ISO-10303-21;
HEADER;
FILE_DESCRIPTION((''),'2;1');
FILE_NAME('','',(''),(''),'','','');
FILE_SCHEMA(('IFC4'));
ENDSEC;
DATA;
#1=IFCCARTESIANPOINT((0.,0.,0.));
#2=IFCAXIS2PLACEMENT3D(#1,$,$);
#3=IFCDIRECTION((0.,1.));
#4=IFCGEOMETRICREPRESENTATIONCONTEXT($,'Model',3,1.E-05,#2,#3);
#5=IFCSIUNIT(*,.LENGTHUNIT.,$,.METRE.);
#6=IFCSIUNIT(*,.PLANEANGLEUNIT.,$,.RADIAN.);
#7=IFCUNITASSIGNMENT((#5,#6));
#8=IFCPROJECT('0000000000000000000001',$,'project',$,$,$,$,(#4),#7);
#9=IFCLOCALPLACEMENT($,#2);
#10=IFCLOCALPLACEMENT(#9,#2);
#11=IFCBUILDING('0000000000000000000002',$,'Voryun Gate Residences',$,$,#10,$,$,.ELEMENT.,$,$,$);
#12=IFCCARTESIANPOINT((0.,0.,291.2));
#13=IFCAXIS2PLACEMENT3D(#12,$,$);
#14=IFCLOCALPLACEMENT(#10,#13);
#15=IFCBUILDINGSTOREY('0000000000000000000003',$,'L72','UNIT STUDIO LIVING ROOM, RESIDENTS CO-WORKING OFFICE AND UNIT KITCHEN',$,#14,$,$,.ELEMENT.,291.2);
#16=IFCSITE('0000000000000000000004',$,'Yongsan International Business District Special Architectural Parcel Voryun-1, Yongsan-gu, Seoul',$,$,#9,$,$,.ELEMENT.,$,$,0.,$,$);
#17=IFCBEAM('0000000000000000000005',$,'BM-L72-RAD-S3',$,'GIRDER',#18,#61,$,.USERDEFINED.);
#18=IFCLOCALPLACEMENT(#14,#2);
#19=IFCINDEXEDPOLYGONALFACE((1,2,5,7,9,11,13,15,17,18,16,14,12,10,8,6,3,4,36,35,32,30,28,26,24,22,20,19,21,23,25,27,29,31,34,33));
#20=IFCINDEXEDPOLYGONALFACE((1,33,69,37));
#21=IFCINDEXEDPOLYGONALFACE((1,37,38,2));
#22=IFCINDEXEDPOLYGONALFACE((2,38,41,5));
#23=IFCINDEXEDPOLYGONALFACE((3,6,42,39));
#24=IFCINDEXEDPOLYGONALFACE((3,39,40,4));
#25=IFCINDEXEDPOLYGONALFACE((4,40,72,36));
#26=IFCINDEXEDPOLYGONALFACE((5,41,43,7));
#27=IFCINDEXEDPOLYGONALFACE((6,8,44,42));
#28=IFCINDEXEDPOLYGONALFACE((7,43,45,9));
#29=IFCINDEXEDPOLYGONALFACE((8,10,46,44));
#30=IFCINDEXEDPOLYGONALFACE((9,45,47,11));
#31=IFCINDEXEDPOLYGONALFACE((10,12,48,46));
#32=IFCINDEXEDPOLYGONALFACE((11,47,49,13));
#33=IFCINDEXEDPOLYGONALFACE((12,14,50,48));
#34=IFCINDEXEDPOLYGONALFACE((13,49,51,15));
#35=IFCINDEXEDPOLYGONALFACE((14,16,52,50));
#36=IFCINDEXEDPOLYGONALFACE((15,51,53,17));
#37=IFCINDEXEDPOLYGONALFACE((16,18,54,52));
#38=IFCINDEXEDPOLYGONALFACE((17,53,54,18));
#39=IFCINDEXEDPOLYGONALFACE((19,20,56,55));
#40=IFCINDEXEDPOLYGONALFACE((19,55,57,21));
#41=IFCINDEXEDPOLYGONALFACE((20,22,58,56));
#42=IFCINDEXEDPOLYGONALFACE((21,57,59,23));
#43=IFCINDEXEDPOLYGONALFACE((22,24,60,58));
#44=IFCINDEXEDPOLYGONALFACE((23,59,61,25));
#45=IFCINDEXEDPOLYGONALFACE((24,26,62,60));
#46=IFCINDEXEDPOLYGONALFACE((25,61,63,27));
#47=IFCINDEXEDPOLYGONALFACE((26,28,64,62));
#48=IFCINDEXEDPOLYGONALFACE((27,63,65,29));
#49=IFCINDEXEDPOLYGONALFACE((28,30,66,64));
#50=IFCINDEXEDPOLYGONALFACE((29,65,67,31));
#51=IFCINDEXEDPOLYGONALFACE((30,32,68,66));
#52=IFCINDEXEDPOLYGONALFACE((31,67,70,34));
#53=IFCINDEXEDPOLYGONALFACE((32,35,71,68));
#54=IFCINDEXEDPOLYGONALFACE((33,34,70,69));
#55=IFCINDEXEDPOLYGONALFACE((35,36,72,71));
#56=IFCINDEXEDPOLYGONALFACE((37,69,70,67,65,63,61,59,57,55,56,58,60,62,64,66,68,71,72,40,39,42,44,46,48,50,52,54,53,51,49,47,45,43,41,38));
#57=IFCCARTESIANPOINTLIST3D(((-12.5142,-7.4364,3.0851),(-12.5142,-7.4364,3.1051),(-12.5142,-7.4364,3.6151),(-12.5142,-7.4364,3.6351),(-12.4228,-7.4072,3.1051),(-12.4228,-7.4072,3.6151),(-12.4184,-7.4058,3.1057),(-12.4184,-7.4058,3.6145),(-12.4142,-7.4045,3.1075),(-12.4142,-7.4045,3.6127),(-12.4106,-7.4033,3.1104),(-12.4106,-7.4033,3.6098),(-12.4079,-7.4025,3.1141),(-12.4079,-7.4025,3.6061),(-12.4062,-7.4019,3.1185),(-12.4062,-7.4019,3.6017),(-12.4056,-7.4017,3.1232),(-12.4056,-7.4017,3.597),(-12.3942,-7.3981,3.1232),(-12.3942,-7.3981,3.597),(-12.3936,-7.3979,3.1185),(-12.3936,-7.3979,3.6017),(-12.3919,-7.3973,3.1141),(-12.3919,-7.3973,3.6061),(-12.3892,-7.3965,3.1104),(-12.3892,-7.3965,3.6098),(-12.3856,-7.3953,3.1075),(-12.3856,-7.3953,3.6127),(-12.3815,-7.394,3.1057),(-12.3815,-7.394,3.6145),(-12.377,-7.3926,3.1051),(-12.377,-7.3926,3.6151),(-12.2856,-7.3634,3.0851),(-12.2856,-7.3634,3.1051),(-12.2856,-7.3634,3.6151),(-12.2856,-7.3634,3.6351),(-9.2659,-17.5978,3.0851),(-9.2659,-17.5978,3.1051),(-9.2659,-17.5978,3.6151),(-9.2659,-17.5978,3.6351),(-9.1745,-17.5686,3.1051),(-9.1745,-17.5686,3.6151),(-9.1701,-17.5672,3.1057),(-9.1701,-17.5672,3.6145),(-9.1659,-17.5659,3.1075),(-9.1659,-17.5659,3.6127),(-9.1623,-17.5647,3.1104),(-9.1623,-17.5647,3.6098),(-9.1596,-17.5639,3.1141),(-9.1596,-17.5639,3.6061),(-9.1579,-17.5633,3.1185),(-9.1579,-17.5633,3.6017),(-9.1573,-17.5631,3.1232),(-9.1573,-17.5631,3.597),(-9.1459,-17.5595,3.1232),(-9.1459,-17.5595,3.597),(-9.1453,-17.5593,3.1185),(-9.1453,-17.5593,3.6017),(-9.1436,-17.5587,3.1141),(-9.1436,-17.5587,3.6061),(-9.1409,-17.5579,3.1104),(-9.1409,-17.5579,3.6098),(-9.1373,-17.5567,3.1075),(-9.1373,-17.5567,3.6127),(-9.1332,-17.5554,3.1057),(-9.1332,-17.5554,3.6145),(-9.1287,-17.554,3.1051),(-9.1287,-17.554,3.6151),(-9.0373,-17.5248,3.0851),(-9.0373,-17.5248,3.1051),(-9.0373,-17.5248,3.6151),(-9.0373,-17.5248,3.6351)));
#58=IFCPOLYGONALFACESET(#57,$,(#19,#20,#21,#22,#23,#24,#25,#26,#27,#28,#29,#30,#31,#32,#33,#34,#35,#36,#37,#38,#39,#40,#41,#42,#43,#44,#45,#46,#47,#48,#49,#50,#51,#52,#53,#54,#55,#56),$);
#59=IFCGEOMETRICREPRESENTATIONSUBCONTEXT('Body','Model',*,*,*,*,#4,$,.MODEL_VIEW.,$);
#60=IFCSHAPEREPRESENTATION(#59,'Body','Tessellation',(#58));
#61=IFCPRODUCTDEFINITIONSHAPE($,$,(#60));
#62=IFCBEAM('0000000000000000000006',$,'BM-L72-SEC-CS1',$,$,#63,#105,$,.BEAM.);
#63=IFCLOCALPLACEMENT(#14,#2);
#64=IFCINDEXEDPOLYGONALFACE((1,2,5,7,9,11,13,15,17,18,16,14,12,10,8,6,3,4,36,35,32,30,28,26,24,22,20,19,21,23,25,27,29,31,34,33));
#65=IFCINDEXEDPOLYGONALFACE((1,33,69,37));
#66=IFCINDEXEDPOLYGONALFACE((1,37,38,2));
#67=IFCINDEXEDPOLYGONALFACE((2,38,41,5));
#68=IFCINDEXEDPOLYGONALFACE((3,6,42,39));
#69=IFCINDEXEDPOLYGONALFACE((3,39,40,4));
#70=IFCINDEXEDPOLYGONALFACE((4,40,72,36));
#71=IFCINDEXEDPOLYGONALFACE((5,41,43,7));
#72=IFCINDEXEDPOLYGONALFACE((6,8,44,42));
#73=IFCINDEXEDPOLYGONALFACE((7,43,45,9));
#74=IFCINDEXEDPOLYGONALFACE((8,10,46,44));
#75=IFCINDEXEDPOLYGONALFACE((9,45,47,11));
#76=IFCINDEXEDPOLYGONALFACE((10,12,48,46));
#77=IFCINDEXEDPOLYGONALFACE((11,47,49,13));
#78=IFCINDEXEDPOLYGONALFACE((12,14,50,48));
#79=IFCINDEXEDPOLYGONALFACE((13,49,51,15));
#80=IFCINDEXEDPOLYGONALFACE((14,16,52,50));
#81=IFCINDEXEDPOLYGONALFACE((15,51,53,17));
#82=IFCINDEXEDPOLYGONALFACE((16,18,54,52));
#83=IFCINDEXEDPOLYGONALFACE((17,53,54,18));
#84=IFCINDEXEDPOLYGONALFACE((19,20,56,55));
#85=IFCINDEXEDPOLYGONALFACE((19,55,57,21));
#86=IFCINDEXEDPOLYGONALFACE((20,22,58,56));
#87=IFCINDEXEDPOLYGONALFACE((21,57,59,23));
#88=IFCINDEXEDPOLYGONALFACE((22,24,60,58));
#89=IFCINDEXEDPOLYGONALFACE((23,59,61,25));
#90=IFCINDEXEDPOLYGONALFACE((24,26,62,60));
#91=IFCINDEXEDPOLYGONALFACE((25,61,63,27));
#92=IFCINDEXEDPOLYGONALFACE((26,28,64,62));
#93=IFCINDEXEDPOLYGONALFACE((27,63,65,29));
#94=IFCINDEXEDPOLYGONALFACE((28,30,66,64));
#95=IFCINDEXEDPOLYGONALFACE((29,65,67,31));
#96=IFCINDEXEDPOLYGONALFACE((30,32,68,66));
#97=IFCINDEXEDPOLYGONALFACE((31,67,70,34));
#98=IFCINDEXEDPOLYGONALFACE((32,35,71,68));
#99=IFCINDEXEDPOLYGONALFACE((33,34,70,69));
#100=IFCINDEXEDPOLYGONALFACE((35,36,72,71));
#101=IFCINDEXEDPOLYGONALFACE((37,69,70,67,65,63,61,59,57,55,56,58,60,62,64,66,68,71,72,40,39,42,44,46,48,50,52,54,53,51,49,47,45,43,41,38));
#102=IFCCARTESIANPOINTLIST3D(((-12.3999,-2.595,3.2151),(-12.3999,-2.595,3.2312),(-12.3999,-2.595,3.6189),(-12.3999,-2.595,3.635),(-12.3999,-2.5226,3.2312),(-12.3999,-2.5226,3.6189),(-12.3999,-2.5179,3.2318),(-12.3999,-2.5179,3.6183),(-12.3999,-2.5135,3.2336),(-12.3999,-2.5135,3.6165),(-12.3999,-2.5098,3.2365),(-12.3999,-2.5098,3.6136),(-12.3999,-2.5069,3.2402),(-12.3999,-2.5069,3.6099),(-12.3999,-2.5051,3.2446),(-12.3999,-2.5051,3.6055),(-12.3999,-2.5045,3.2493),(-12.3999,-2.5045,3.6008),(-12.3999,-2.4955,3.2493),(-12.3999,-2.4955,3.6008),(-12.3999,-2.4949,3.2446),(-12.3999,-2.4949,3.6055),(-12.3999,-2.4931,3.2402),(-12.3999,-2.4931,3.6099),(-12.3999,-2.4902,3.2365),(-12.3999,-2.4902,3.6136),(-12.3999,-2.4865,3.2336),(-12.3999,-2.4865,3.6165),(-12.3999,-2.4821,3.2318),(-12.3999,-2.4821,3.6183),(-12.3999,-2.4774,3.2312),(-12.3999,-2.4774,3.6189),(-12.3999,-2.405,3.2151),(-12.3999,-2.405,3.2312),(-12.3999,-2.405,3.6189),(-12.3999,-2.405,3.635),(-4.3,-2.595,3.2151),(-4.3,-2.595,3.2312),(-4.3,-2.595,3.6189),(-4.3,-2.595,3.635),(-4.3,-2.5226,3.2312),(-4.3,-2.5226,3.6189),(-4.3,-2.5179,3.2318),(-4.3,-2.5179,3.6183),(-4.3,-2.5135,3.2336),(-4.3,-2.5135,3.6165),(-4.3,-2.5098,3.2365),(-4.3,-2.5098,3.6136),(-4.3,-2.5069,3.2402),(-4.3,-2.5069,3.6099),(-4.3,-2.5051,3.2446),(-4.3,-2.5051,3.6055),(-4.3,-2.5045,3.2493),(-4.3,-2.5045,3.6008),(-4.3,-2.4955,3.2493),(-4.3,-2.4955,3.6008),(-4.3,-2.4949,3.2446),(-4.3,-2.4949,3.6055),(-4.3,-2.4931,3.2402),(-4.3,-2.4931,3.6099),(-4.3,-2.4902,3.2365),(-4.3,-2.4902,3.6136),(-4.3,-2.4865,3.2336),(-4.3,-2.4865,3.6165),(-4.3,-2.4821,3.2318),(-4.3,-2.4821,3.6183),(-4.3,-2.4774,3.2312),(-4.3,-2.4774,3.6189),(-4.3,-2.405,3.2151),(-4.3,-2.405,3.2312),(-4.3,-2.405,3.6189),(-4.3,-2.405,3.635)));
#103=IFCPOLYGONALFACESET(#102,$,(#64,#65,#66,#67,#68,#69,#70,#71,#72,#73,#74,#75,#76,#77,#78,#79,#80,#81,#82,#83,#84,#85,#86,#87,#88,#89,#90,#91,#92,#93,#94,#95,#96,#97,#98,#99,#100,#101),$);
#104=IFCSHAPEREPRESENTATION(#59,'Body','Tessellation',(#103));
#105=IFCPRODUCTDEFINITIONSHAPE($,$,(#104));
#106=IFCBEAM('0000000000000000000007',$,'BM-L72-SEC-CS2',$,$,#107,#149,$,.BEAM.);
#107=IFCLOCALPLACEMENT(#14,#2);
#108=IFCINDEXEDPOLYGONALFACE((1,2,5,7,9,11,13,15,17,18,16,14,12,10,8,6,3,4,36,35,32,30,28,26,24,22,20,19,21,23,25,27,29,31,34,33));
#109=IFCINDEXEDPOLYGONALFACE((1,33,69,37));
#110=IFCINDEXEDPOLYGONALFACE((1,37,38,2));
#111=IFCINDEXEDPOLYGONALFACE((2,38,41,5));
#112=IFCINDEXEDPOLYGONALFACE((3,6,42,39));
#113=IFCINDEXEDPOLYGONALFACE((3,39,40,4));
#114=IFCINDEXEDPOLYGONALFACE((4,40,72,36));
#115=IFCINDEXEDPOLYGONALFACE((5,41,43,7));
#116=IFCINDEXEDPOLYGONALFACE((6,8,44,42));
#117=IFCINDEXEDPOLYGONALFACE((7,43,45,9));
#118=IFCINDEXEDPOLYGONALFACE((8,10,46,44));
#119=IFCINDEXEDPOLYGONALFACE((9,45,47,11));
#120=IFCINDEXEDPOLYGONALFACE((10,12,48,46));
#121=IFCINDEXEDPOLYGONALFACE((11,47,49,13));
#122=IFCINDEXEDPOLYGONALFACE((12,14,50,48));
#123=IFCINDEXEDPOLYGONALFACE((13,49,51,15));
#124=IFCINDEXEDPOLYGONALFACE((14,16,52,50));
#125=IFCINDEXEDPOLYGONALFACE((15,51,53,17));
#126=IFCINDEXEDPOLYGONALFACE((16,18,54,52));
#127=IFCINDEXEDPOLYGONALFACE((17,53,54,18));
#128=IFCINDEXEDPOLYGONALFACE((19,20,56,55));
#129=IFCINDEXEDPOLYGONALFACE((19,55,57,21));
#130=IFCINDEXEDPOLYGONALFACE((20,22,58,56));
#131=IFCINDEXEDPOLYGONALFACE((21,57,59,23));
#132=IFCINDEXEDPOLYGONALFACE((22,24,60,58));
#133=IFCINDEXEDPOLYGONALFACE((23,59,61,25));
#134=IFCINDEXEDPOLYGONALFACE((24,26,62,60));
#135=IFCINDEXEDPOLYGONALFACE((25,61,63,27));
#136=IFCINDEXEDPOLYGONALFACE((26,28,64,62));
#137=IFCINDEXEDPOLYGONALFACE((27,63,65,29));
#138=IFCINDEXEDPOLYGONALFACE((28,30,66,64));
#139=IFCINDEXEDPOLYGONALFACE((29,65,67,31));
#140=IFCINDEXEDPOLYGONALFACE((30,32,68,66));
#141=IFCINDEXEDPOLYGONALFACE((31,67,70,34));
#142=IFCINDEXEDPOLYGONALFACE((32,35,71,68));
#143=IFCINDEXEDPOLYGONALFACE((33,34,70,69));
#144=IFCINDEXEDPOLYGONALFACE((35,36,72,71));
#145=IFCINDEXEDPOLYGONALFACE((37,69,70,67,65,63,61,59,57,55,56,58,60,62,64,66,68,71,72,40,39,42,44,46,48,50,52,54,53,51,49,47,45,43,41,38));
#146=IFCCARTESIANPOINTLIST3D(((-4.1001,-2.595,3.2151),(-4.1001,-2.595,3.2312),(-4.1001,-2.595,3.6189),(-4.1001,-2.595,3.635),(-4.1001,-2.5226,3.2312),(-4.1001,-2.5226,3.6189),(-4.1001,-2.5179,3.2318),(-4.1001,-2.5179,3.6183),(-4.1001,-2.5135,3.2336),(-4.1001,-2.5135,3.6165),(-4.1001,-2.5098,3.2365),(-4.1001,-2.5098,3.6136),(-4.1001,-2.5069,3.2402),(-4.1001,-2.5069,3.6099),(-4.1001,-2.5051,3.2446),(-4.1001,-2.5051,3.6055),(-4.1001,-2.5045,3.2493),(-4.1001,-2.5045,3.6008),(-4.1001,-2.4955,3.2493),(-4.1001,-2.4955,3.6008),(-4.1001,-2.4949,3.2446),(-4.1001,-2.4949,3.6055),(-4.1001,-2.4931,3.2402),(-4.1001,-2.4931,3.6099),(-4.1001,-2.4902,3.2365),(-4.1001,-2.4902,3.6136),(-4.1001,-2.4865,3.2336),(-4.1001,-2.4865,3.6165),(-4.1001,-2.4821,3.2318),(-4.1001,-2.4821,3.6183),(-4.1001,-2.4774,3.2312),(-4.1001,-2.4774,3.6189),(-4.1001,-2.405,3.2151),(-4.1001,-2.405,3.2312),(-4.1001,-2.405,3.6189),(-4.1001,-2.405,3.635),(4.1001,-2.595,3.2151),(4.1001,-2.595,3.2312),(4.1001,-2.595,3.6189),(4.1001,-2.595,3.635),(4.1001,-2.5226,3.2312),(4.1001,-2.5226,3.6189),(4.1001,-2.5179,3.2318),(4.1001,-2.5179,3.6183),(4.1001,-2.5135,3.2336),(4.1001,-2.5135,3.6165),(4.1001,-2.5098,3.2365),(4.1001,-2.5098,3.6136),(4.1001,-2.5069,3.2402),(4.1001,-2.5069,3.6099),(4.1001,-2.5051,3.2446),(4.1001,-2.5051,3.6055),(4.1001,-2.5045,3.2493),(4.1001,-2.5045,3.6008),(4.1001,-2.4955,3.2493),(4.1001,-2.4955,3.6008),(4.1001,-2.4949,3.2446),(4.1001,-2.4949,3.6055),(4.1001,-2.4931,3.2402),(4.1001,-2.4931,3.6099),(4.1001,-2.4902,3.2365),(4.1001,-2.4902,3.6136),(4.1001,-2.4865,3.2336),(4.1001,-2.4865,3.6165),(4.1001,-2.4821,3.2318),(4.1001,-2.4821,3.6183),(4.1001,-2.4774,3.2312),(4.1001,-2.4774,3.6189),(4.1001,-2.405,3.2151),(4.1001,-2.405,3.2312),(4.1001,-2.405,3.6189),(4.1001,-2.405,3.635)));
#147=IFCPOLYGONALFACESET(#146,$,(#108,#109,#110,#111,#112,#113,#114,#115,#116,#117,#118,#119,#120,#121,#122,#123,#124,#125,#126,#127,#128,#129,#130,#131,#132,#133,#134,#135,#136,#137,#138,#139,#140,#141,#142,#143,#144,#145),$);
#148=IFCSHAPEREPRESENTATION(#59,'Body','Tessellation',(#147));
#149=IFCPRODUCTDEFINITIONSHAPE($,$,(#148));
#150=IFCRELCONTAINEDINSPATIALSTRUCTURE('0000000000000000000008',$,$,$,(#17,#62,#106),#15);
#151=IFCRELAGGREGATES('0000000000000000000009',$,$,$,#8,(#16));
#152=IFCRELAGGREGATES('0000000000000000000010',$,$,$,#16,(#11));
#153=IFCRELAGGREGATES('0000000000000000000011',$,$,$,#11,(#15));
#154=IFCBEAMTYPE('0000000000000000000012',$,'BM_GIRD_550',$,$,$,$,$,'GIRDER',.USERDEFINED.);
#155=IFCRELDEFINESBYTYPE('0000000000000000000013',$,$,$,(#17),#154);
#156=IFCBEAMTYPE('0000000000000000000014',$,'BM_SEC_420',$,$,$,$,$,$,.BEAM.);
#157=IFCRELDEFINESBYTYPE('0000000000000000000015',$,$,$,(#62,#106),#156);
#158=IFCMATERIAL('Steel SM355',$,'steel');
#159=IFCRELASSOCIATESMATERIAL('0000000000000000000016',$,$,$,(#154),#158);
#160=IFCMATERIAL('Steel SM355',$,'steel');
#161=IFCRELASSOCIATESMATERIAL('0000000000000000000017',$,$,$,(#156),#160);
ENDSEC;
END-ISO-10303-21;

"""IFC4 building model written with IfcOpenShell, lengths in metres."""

from ifc_helpers import new_model, si_unit, direction, frame, origin, origin_2d, place, context, subcontext, project, spatial, i_section, extrude, material, material_profile, profile_set, type_object, element, save


model = new_model("IFC4")

# Units and contexts
model_context = context("Model", 3, precision=1e-05, world=origin(), true_north=direction((0.0, 1.0)))
body_context = subcontext(model_context, "Body", "Model", "MODEL_VIEW")
ifc_project = project(units=[si_unit("LENGTHUNIT", "METRE"), si_unit("PLANEANGLEUNIT", "RADIAN")], contexts=[model_context])

# Site, building, storey
site_placement = place(None, origin())
site = spatial("IfcSite", under=ifc_project, at=site_placement, Name="Yongsan International Business District Special Architectural Parcel Voryun-1, Yongsan-gu, Seoul", CompositionType="ELEMENT", RefElevation=0.0)
building_placement = place(site_placement, origin())
building = spatial("IfcBuilding", under=site, at=building_placement, Name="Voryun Gate Residences", CompositionType="ELEMENT")
storey_placement = place(building_placement, frame((0.0, 0.0, 291.2)))
storey = spatial("IfcBuildingStorey", under=building, at=storey_placement, Name="L72", Description="UNIT STUDIO LIVING ROOM, RESIDENTS CO-WORKING OFFICE AND UNIT KITCHEN", CompositionType="ELEMENT", Elevation=291.2)

# Beams
ifc_material_1 = material(Name="Steel SM355", Category="steel")
ifc_material_profile_1 = material_profile(ifc_material_1, i_section(OverallWidth=0.24, OverallDepth=0.55, WebThickness=0.012, FlangeThickness=0.02, FilletRadius=0.0181, at=origin_2d()), Name="H-550x240x12x20")
ifc_profile_set_1 = profile_set([ifc_material_profile_1], Name="Steel SM355")
beam_type_1 = type_object("IfcBeamType", Name="BM_GIRD_550", ElementType="GIRDER", PredefinedType="USERDEFINED", material=ifc_profile_set_1)
beam_1_placement = place(storey_placement, frame((-12.3999, -7.3999, 3.3601), z_axis=(0.304491, -0.952515, 0.0), x_axis=(0.952515, 0.304491, 0.0)))
element("IfcBeam", 1, at=beam_1_placement, inside=storey, type_object=beam_type_1, Name="BM-L72-RAD-S3", ObjectType="GIRDER", PredefinedType="USERDEFINED", context=body_context, shape_type="SweptSolid", body=[
    extrude(i_section(OverallWidth=0.24, OverallDepth=0.55, WebThickness=0.012, FlangeThickness=0.02, FilletRadius=0.0181, at=origin_2d()), origin(), (0.0, 0.0, 1.0), 10.668),
])
ifc_material_2 = material(Name="Steel SM355", Category="steel")
ifc_material_profile_2 = material_profile(ifc_material_2, i_section(OverallWidth=0.1899, OverallDepth=0.4199, WebThickness=0.009, FlangeThickness=0.0161, FilletRadius=0.0181, at=origin_2d()), Name="H-420x190x9x16")
ifc_profile_set_2 = profile_set([ifc_material_profile_2], Name="Steel SM355")
beam_type_2 = type_object("IfcBeamType", Name="BM_SEC_420", PredefinedType="BEAM", material=ifc_profile_set_2)
beam_2_placement = place(storey_placement, frame((-12.3999, -2.5, 3.425), z_axis=(1.0, 0.0, 0.0), x_axis=(0.0, 1.0, 0.0)))
element("IfcBeam", 2, at=beam_2_placement, inside=storey, type_object=beam_type_2, Name="BM-L72-SEC-CS1", PredefinedType="BEAM", context=body_context, shape_type="SweptSolid", body=[
    extrude(i_section(OverallWidth=0.1899, OverallDepth=0.4199, WebThickness=0.009, FlangeThickness=0.0161, FilletRadius=0.0181, at=origin_2d()), origin(), (0.0, 0.0, 1.0), 8.0999),
])
beam_3_placement = place(storey_placement, frame((-4.1001, -2.5, 3.425), z_axis=(1.0, 0.0, 0.0), x_axis=(0.0, 1.0, 0.0)))
element("IfcBeam", 3, at=beam_3_placement, inside=storey, type_object=beam_type_2, Name="BM-L72-SEC-CS2", PredefinedType="BEAM", context=body_context, shape_type="SweptSolid", body=[
    extrude(i_section(OverallWidth=0.1899, OverallDepth=0.4199, WebThickness=0.009, FlangeThickness=0.0161, FilletRadius=0.0181, at=origin_2d()), origin(), (0.0, 0.0, 1.0), 8.2002),
])

save(model, "model.ifc")
